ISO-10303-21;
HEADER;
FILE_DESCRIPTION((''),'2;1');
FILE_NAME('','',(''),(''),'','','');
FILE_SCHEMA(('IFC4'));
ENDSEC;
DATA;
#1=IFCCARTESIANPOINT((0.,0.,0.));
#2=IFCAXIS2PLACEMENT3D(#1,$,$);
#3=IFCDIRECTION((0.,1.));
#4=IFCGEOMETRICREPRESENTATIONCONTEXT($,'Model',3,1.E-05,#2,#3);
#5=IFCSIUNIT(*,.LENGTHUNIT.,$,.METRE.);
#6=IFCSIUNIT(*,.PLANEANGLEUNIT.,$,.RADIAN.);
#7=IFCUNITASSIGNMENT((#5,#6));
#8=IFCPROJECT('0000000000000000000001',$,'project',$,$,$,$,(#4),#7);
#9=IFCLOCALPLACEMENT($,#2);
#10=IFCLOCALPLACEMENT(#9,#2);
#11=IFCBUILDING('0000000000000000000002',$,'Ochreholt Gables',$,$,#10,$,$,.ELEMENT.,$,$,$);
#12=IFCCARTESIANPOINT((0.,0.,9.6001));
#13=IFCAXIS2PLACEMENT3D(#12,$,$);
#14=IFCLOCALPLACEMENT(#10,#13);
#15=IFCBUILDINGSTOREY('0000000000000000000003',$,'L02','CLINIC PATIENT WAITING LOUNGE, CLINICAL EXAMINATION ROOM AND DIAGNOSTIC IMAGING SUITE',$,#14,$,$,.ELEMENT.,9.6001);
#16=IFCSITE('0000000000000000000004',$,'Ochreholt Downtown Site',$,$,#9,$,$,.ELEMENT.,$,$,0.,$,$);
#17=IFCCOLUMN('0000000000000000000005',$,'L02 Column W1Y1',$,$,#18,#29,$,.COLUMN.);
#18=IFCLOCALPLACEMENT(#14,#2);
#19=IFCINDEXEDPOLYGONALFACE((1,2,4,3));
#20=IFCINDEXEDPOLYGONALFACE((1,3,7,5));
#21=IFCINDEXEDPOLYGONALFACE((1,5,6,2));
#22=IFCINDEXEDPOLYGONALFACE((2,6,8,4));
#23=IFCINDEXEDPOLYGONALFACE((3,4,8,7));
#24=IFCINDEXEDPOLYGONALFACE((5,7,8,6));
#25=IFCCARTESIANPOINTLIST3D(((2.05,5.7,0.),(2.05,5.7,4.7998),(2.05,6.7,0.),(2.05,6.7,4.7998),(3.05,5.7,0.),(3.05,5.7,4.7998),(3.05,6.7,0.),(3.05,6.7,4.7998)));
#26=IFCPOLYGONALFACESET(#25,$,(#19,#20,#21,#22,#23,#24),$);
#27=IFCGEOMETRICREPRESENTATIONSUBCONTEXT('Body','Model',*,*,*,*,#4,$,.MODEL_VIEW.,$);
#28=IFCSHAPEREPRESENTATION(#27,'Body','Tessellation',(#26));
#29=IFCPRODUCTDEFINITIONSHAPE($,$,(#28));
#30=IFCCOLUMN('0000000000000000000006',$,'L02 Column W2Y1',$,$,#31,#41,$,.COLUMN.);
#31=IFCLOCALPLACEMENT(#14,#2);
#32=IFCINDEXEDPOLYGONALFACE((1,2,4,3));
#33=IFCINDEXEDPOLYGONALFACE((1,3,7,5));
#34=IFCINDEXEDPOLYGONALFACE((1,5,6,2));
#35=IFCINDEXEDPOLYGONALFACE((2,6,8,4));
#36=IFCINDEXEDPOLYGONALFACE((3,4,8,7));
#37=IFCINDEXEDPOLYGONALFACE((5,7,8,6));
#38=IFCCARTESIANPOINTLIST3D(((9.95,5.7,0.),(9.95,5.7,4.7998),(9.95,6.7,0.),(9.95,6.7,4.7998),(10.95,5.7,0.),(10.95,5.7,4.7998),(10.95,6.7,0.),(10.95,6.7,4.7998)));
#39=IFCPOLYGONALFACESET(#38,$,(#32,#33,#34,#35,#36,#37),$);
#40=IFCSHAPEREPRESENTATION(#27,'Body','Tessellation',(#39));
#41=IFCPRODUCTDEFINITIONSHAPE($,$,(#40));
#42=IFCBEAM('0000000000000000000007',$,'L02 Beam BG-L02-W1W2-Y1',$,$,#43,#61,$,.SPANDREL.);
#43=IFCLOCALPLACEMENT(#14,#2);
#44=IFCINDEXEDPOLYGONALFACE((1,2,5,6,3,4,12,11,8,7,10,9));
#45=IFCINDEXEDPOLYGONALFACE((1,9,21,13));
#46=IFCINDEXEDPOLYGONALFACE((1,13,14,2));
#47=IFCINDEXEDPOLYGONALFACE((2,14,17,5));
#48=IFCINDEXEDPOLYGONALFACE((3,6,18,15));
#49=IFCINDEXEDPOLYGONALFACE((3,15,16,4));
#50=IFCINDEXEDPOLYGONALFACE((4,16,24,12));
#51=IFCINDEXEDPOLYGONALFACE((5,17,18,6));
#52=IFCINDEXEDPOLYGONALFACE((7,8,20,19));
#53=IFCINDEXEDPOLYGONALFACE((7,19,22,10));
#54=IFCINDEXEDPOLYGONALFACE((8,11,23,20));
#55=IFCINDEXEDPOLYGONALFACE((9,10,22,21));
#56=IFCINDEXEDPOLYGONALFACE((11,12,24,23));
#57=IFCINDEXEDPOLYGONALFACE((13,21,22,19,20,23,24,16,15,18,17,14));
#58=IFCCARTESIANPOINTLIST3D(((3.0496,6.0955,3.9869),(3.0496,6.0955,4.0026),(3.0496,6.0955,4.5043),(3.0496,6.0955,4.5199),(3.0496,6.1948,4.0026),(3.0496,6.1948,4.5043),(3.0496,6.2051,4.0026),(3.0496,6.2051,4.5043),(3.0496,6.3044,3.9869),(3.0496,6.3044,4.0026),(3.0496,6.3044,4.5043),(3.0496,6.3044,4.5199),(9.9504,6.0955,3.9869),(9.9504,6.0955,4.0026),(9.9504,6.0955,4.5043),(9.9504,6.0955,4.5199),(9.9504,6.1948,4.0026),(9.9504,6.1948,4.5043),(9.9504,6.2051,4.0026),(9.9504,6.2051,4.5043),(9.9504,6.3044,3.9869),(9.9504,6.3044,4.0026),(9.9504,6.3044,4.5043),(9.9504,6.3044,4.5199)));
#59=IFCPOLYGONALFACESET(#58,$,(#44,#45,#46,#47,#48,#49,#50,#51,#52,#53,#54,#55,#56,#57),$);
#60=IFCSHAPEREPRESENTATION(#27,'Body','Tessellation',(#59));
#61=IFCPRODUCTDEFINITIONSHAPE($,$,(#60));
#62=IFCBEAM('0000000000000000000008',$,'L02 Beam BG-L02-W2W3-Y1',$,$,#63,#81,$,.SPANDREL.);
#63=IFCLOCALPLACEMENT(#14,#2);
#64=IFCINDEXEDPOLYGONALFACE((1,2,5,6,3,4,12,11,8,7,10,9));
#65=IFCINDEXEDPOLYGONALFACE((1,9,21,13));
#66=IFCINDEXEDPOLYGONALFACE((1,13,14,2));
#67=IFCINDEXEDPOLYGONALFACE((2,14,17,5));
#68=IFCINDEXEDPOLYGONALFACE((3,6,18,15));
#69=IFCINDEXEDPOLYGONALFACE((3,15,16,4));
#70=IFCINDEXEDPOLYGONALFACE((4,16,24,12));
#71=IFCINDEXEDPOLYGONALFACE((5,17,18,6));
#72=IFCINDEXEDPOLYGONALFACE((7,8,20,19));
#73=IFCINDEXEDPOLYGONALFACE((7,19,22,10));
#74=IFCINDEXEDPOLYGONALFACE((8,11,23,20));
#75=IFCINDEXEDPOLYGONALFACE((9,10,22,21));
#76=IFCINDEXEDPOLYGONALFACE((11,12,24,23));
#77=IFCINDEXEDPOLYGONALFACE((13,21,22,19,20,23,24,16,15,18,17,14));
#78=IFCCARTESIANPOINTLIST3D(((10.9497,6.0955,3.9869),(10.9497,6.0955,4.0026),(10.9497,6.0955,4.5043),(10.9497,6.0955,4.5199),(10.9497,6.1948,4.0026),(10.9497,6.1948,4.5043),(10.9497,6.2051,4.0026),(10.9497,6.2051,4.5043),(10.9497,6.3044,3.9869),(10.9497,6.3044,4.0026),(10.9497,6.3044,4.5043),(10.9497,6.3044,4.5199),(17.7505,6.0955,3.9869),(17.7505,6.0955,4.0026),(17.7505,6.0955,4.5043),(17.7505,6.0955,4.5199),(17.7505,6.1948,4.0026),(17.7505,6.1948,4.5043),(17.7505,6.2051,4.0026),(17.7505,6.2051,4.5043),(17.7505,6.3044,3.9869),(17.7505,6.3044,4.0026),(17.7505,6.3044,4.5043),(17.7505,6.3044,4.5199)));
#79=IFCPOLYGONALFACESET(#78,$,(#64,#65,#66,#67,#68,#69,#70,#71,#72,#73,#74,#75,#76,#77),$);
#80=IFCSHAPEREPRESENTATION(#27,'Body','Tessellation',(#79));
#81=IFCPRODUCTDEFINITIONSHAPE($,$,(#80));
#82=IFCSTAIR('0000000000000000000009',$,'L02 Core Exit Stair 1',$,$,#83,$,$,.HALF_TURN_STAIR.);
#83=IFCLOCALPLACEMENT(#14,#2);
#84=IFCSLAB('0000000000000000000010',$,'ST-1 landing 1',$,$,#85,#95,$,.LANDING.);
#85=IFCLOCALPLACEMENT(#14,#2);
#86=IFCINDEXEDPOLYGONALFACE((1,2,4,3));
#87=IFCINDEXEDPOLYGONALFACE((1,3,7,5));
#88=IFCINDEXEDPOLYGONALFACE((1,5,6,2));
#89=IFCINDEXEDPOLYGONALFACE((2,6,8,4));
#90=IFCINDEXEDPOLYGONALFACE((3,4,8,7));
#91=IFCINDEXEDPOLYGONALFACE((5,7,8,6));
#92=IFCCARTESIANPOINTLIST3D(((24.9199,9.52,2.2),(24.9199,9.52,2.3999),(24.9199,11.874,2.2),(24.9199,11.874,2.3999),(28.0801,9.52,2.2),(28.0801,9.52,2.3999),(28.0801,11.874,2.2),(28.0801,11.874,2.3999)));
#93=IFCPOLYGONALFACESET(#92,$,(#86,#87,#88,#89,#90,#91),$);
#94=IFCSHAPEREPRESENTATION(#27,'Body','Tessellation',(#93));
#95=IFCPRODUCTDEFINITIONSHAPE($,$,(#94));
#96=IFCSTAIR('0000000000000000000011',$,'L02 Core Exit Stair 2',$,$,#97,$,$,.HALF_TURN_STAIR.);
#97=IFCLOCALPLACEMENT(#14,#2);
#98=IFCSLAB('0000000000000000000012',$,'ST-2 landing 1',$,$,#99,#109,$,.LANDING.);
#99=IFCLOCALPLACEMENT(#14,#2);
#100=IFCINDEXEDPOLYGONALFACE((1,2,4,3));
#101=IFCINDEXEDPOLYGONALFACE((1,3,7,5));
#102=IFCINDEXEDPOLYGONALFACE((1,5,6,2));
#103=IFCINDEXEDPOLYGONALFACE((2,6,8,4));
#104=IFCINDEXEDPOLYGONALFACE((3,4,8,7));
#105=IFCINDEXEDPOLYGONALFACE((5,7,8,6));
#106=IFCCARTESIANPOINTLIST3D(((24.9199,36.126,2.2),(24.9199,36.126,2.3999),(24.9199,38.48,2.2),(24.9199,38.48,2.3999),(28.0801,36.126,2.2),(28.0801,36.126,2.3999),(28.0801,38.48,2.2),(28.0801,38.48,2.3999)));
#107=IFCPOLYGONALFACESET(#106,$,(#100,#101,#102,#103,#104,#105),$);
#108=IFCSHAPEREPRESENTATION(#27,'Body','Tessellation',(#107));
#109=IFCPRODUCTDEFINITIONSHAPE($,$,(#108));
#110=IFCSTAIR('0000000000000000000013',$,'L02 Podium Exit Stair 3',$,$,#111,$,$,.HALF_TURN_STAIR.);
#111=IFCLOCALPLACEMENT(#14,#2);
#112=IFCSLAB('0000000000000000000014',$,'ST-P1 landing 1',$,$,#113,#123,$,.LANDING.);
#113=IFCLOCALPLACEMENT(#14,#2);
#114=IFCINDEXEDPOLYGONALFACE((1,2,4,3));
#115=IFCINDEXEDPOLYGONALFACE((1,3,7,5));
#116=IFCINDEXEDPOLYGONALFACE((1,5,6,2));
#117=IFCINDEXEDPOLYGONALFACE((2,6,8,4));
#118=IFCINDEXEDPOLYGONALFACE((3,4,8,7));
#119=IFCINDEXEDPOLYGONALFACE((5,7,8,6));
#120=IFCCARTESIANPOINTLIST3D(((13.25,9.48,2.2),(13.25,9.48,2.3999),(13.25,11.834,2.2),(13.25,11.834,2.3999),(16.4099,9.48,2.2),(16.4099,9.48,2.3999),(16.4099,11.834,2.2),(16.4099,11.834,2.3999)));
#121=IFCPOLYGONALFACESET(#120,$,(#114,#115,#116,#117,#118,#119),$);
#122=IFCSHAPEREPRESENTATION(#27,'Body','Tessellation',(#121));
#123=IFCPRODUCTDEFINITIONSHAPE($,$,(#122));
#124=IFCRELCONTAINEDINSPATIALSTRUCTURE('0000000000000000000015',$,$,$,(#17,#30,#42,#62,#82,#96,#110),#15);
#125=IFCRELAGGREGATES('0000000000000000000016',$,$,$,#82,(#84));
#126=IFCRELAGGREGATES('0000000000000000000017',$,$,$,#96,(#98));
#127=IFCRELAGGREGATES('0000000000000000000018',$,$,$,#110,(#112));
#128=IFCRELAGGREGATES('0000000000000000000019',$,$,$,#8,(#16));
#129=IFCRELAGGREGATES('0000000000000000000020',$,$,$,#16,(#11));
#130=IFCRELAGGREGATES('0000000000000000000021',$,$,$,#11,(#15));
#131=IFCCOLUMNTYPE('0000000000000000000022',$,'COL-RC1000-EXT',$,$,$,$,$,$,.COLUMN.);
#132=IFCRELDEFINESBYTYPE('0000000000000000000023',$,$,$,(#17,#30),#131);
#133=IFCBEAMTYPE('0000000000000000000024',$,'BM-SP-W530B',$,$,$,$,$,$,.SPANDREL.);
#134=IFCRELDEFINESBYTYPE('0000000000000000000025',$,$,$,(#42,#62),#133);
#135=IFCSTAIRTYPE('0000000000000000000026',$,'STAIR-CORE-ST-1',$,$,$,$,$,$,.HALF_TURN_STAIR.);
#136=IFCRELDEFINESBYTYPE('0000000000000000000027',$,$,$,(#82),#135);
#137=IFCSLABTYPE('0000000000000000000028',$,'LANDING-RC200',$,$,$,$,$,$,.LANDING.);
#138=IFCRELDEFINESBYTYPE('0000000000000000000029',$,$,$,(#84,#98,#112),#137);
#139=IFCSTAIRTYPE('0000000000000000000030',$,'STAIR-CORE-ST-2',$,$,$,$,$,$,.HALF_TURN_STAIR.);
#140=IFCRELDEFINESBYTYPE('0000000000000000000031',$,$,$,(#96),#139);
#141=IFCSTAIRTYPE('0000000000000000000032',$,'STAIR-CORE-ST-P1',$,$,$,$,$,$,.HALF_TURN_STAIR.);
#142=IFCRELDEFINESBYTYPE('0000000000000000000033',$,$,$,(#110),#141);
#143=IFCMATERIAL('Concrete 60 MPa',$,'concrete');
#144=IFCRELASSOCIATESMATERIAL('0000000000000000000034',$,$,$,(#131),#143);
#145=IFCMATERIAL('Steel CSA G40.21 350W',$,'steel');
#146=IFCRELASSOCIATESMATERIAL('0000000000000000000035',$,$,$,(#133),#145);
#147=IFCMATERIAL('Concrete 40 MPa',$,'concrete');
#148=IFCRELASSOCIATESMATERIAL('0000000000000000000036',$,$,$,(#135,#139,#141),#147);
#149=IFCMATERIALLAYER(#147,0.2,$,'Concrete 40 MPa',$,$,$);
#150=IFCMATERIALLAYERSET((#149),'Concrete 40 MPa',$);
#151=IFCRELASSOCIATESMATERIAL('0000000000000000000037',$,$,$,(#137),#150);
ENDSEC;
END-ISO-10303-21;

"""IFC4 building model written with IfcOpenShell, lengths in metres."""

from ifc_helpers import new_model, si_unit, direction, frame, origin, origin_2d, place, context, subcontext, project, spatial, polyline, rectangle, i_section, outline, extrude, material, layer, layer_set, material_profile, profile_set, type_object, element, aggregate, save


model = new_model("IFC4")

# Units and contexts
model_context = context("Model", 3, precision=1e-05, world=origin(), true_north=direction((0.0, 1.0)))
body_context = subcontext(model_context, "Body", "Model", "MODEL_VIEW")
ifc_project = project(units=[si_unit("LENGTHUNIT", "METRE"), si_unit("PLANEANGLEUNIT", "RADIAN")], contexts=[model_context])

# Site, building, storey
site_placement = place(None, origin())
site = spatial("IfcSite", under=ifc_project, at=site_placement, Name="Ochreholt Downtown Site", CompositionType="ELEMENT", RefElevation=0.0)
building_placement = place(site_placement, origin())
building = spatial("IfcBuilding", under=site, at=building_placement, Name="Ochreholt Gables", CompositionType="ELEMENT")
storey_placement = place(building_placement, frame((0.0, 0.0, 9.6001)))
storey = spatial("IfcBuildingStorey", under=building, at=storey_placement, Name="L02", Description="CLINIC PATIENT WAITING LOUNGE, CLINICAL EXAMINATION ROOM AND DIAGNOSTIC IMAGING SUITE", CompositionType="ELEMENT", Elevation=9.6001)

# Columns
ifc_material_1 = material(Name="Concrete 60 MPa", Category="concrete")
ifc_material_profile_1 = material_profile(ifc_material_1, rectangle(XDim=1.0, YDim=1.0, at=origin_2d()), Name="RC1000X1000")
ifc_profile_set_1 = profile_set([ifc_material_profile_1], Name="Concrete 60 MPa")
column_type = type_object("IfcColumnType", Name="COL-RC1000-EXT", PredefinedType="COLUMN", material=ifc_profile_set_1)
for number, where, z_axis, x_axis, name in (
    (1, (2.55, 6.2, 0.0), (0.0, 0.0, 1.0), (1.0, 0.0, 0.0), "L02 Column W1Y1"),
    (2, (10.45, 6.2, 0.0), (0.0, 0.0, 1.0), (1.0, 0.0, 0.0), "L02 Column W2Y1"),
):
    element("IfcColumn", number, at=place(storey_placement, frame(where, z_axis=z_axis, x_axis=x_axis)), inside=storey, type_object=column_type, Name=name, PredefinedType="COLUMN", context=body_context, shape_type="SweptSolid", body=[
        extrude(rectangle(XDim=1.0, YDim=1.0, at=origin_2d()), origin(), (0.0, 0.0, 1.0), 4.7998),
    ])

# Beams
ifc_material_2 = material(Name="Steel CSA G40.21 350W", Category="steel")
ifc_material_profile_2 = material_profile(ifc_material_2, i_section(OverallWidth=0.209, OverallDepth=0.533, WebThickness=0.0103, FlangeThickness=0.0156, at=origin_2d()), Name="W530X92")
ifc_profile_set_2 = profile_set([ifc_material_profile_2], Name="Steel CSA G40.21 350W")
beam_type = type_object("IfcBeamType", Name="BM-SP-W530B", PredefinedType="SPANDREL", material=ifc_profile_set_2)
beam_1_placement = place(storey_placement, frame((3.0496, 6.2, 4.2534), z_axis=(1.0, 0.0, 0.0), x_axis=(0.0, 1.0, 0.0)))
element("IfcBeam", 3, at=beam_1_placement, inside=storey, type_object=beam_type, Name="L02 Beam BG-L02-W1W2-Y1", PredefinedType="SPANDREL", context=body_context, shape_type="SweptSolid", body=[
    extrude(i_section(OverallWidth=0.209, OverallDepth=0.533, WebThickness=0.0103, FlangeThickness=0.0156, at=origin_2d()), origin(), (0.0, 0.0, 1.0), 6.9009),
])
beam_2_placement = place(storey_placement, frame((10.9497, 6.2, 4.2534), z_axis=(1.0, 0.0, 0.0), x_axis=(0.0, 1.0, 0.0)))
element("IfcBeam", 4, at=beam_2_placement, inside=storey, type_object=beam_type, Name="L02 Beam BG-L02-W2W3-Y1", PredefinedType="SPANDREL", context=body_context, shape_type="SweptSolid", body=[
    extrude(i_section(OverallWidth=0.209, OverallDepth=0.533, WebThickness=0.0103, FlangeThickness=0.0156, at=origin_2d()), origin(), (0.0, 0.0, 1.0), 6.8008),
])

# Stairs, slabs
ifc_material_3 = material(Name="Concrete 40 MPa", Category="concrete")
stair_type_1 = type_object("IfcStairType", Name="STAIR-CORE-ST-1", PredefinedType="HALF_TURN_STAIR", material=ifc_material_3)
stair_1_placement = place(storey_placement, origin())
stair_1 = element("IfcStair", 5, at=stair_1_placement, inside=storey, type_object=stair_type_1, Name="L02 Core Exit Stair 1", PredefinedType="HALF_TURN_STAIR")
ifc_layer_1 = layer(ifc_material_3, 0.2, Name="Concrete 40 MPa")
ifc_layer_set_1 = layer_set([ifc_layer_1], Name="Concrete 40 MPa")
slab_type_1 = type_object("IfcSlabType", Name="LANDING-RC200", PredefinedType="LANDING", material=ifc_layer_set_1)
slab_1_placement = place(storey_placement, frame((0.0, 0.0, 2.2)))
slab_1 = element("IfcSlab", 6, at=slab_1_placement, type_object=slab_type_1, Name="ST-1 landing 1", PredefinedType="LANDING", context=body_context, shape_type="SweptSolid", body=[
    extrude(outline(polyline([(24.9199, 11.874), (24.9199, 9.52), (28.0801, 9.52), (28.0801, 11.874), (24.9199, 11.874)])), origin(), (0.0, 0.0, 1.0), 0.2),
])
aggregate(stair_1, [slab_1])
stair_type_2 = type_object("IfcStairType", Name="STAIR-CORE-ST-2", PredefinedType="HALF_TURN_STAIR", material=ifc_material_3)
stair_2_placement = place(storey_placement, origin())
stair_2 = element("IfcStair", 7, at=stair_2_placement, inside=storey, type_object=stair_type_2, Name="L02 Core Exit Stair 2", PredefinedType="HALF_TURN_STAIR")
slab_2_placement = place(storey_placement, frame((0.0, 0.0, 2.2)))
slab_2 = element("IfcSlab", 8, at=slab_2_placement, type_object=slab_type_1, Name="ST-2 landing 1", PredefinedType="LANDING", context=body_context, shape_type="SweptSolid", body=[
    extrude(outline(polyline([(28.0801, 36.126), (28.0801, 38.48), (24.9199, 38.48), (24.9199, 36.126), (28.0801, 36.126)])), origin(), (0.0, 0.0, 1.0), 0.2),
])
aggregate(stair_2, [slab_2])
stair_type_3 = type_object("IfcStairType", Name="STAIR-CORE-ST-P1", PredefinedType="HALF_TURN_STAIR", material=ifc_material_3)
stair_3_placement = place(storey_placement, origin())
stair_3 = element("IfcStair", 9, at=stair_3_placement, inside=storey, type_object=stair_type_3, Name="L02 Podium Exit Stair 3", PredefinedType="HALF_TURN_STAIR")
slab_3_placement = place(storey_placement, frame((0.0, 0.0, 2.2)))
slab_3 = element("IfcSlab", 10, at=slab_3_placement, type_object=slab_type_1, Name="ST-P1 landing 1", PredefinedType="LANDING", context=body_context, shape_type="SweptSolid", body=[
    extrude(outline(polyline([(13.25, 11.834), (13.25, 9.48), (16.4099, 9.48), (16.4099, 11.834), (13.25, 11.834)])), origin(), (0.0, 0.0, 1.0), 0.2),
])
aggregate(stair_3, [slab_3])

save(model, "model.ifc")
